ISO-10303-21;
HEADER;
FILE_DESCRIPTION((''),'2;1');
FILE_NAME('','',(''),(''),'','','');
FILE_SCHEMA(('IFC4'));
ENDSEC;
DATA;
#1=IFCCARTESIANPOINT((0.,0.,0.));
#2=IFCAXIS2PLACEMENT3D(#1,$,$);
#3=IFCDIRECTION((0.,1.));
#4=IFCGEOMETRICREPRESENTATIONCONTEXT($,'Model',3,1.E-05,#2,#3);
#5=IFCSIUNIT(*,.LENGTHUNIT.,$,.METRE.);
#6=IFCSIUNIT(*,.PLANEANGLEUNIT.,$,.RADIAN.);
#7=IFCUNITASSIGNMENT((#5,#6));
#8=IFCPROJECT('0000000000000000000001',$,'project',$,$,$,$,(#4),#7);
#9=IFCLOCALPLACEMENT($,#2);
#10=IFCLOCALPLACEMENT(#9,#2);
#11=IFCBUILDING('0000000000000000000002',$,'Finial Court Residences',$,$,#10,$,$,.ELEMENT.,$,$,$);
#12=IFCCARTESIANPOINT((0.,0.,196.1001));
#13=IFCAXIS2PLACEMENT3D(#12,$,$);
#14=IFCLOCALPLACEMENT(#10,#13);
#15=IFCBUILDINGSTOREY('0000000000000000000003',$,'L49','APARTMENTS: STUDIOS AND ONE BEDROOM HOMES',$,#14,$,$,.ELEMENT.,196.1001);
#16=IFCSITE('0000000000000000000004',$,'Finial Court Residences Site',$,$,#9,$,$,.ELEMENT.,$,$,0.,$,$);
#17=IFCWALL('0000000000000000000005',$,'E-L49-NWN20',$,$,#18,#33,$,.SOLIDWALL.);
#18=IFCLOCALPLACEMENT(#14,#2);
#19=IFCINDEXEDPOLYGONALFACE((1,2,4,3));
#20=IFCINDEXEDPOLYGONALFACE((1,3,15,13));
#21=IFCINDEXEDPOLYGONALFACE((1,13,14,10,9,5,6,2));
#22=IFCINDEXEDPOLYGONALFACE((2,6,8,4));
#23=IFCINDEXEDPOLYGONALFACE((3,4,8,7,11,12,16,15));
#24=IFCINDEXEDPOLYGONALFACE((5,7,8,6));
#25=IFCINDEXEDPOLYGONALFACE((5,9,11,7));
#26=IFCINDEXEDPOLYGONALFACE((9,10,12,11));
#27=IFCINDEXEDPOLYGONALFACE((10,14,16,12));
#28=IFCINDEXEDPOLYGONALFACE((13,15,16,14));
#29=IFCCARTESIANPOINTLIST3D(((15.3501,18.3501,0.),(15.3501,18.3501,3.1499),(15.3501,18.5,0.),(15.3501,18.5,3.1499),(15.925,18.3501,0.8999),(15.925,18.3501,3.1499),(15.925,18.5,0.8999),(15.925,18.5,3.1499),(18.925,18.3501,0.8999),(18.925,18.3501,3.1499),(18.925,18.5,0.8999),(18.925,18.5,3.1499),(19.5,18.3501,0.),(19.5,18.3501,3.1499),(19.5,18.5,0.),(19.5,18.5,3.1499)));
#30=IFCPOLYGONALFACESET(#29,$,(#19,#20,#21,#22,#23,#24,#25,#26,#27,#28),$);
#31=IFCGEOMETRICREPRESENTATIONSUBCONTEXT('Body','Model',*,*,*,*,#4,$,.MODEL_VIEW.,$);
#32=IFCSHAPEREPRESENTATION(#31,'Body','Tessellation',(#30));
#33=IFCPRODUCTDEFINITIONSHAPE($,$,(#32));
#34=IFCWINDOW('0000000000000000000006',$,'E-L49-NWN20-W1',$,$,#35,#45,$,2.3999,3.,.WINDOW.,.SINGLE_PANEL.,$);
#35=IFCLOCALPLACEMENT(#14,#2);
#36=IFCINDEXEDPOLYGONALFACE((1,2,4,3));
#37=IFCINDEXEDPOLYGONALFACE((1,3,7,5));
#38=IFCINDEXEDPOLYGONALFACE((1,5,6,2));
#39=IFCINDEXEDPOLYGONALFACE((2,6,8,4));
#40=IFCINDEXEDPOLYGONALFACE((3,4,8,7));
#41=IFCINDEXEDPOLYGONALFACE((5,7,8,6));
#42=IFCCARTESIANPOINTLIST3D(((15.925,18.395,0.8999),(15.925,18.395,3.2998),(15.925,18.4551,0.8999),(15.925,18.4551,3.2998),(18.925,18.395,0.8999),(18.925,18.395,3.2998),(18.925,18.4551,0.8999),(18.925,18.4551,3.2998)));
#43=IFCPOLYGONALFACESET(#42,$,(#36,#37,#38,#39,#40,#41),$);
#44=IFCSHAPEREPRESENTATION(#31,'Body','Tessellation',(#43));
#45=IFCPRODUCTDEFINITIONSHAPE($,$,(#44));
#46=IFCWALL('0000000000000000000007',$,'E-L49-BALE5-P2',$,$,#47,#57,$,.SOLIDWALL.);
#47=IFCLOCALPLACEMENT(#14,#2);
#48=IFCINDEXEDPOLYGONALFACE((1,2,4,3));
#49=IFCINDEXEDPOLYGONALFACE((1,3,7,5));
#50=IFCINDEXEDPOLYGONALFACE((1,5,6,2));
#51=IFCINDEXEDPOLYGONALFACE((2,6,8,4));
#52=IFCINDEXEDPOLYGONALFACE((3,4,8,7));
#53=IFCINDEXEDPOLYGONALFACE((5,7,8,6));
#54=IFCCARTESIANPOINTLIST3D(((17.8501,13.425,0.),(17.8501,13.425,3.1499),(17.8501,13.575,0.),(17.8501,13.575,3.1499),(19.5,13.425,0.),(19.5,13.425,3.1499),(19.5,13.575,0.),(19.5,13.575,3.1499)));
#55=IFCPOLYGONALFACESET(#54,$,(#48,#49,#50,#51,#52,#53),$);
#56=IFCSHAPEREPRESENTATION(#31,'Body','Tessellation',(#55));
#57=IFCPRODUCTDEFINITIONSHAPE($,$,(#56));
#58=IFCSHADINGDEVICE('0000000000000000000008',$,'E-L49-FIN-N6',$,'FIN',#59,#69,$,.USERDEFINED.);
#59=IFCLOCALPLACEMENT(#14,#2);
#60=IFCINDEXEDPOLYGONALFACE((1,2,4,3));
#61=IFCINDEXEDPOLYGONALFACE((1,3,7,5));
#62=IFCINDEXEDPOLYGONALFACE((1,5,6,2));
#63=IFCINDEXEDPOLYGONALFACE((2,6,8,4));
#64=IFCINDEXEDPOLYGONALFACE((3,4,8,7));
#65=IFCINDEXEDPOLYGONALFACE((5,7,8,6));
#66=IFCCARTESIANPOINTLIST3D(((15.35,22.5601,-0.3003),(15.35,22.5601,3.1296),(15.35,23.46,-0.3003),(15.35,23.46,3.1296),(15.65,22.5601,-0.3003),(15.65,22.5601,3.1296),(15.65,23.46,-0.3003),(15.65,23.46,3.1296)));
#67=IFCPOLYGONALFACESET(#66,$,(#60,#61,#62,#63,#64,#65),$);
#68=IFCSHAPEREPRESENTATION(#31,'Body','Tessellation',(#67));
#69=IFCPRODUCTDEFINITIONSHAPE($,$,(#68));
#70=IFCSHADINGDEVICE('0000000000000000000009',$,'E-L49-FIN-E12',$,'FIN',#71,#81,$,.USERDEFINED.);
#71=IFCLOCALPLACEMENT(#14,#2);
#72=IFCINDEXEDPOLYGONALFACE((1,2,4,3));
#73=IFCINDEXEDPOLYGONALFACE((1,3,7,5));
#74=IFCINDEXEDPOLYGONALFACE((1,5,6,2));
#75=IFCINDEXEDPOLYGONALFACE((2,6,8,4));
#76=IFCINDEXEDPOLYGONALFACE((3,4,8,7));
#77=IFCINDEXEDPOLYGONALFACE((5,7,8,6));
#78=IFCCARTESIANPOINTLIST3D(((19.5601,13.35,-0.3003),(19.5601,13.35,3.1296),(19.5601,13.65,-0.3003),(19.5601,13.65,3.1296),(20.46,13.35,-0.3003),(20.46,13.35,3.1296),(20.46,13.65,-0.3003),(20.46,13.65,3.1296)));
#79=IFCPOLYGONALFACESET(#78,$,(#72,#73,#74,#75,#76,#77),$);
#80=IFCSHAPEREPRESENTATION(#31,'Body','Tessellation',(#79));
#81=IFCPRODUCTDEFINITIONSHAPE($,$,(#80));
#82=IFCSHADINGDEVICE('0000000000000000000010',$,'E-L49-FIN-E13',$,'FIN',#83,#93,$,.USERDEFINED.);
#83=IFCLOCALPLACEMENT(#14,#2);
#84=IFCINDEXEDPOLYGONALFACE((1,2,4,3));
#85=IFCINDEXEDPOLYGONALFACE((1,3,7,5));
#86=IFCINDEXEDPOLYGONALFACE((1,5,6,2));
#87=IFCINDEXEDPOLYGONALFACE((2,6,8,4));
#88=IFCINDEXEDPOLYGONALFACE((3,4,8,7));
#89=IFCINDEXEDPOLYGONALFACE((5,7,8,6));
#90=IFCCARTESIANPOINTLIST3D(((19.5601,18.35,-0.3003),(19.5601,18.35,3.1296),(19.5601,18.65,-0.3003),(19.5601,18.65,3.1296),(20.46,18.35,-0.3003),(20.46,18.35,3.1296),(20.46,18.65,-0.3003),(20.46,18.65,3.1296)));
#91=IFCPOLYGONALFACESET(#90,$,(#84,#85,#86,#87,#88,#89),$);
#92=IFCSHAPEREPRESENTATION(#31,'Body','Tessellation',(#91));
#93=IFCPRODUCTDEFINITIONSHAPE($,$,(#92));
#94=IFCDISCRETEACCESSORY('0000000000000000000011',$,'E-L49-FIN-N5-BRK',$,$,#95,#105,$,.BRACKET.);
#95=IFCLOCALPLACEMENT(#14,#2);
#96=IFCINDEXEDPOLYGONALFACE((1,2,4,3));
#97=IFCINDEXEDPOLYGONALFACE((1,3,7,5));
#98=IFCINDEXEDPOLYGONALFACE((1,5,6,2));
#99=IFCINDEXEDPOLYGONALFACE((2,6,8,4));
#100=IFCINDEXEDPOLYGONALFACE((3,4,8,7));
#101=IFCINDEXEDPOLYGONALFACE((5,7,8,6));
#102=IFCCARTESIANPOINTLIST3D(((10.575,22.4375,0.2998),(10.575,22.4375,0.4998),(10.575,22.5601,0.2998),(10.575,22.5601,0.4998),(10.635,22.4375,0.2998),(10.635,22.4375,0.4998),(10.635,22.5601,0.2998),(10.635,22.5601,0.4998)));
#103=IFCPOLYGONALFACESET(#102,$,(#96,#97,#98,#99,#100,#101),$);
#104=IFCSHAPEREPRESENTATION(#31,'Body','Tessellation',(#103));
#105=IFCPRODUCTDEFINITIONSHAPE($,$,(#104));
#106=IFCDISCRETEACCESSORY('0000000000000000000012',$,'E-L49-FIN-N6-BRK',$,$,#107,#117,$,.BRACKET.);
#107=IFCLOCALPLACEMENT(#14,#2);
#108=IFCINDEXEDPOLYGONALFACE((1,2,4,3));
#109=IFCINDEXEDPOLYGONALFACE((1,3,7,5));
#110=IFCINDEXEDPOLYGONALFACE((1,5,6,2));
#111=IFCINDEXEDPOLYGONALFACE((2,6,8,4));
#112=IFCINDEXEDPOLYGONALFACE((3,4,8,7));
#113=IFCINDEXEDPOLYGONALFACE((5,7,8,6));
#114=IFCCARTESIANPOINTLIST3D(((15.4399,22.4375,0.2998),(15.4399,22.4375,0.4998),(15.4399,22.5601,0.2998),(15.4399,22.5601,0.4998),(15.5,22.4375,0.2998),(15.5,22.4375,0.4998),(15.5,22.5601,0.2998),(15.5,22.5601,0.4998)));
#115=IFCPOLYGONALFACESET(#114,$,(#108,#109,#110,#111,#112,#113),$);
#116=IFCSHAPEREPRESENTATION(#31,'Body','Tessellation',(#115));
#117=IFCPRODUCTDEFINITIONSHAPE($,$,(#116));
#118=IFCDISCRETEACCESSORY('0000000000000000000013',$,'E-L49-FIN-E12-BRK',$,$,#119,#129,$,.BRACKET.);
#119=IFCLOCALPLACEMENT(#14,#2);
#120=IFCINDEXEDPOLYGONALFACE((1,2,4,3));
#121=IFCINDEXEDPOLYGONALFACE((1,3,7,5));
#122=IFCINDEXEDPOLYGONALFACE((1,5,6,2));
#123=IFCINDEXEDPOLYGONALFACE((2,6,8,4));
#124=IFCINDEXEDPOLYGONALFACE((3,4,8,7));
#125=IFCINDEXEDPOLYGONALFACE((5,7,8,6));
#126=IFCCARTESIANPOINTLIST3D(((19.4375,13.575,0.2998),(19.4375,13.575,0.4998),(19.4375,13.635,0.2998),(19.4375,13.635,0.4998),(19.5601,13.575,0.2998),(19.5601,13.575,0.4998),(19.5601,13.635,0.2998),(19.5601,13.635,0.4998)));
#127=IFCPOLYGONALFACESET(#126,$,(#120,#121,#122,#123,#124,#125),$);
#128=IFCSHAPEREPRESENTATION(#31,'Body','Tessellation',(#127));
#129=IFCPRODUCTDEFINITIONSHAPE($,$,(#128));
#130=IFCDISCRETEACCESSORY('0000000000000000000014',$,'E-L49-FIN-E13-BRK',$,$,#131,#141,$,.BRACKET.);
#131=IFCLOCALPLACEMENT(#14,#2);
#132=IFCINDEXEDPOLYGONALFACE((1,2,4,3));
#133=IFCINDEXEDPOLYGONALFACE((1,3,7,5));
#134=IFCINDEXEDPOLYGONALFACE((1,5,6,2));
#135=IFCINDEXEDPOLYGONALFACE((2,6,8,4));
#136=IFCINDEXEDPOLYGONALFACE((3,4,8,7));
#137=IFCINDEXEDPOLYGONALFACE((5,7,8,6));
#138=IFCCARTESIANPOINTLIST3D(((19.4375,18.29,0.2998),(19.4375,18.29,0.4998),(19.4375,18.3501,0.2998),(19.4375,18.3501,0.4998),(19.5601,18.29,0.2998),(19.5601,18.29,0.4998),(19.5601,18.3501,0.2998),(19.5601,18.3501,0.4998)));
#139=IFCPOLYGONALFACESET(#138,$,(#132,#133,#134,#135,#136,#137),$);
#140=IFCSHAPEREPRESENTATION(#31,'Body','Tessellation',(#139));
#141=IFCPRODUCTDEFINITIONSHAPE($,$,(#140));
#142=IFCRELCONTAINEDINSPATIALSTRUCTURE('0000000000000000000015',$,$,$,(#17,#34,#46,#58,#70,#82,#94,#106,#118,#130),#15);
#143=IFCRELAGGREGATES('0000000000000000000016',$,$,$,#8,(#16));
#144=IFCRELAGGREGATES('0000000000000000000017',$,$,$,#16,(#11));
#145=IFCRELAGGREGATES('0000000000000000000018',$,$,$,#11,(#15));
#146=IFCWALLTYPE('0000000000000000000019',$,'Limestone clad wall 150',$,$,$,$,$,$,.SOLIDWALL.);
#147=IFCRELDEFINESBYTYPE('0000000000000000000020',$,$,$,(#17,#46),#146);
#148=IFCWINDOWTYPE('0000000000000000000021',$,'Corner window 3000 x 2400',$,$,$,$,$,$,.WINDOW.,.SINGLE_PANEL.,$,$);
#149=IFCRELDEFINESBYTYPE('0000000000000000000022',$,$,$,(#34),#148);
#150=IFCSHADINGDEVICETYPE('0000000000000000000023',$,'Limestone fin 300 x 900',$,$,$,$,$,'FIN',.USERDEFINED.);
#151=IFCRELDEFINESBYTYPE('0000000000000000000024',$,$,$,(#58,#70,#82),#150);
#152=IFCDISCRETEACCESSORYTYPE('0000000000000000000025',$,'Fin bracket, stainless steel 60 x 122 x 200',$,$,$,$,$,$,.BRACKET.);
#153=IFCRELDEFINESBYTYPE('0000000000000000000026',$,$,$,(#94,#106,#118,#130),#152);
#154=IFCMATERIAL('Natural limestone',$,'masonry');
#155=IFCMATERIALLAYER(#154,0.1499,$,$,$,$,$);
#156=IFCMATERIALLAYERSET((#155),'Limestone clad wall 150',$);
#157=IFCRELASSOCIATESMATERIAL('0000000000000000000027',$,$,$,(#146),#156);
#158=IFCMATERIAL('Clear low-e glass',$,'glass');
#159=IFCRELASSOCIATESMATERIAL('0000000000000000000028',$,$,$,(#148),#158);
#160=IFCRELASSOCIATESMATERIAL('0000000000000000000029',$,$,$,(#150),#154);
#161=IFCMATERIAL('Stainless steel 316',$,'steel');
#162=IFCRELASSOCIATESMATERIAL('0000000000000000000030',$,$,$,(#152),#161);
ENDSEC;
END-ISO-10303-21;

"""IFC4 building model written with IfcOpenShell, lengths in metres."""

from ifc_helpers import new_model, si_unit, direction, frame, frame_2d, origin, origin_2d, place, context, subcontext, project, spatial, rectangle, extrude, material, layer, layer_set, type_object, element, fill, save


model = new_model("IFC4")

# Units and contexts
model_context = context("Model", 3, precision=1e-05, world=origin(), true_north=direction((0.0, 1.0)))
body_context = subcontext(model_context, "Body", "Model", "MODEL_VIEW")
ifc_project = project(units=[si_unit("LENGTHUNIT", "METRE"), si_unit("PLANEANGLEUNIT", "RADIAN")], contexts=[model_context])

# Site, building, storey
site_placement = place(None, origin())
site = spatial("IfcSite", under=ifc_project, at=site_placement, Name="Finial Court Residences Site", CompositionType="ELEMENT", RefElevation=0.0)
building_placement = place(site_placement, origin())
building = spatial("IfcBuilding", under=site, at=building_placement, Name="Finial Court Residences", CompositionType="ELEMENT")
storey_placement = place(building_placement, frame((0.0, 0.0, 196.1001)))
storey = spatial("IfcBuildingStorey", under=building, at=storey_placement, Name="L49", Description="APARTMENTS: STUDIOS AND ONE BEDROOM HOMES", CompositionType="ELEMENT", Elevation=196.1001)

# Shared definitions
ifc_material_1 = material(Name="Clear low-e glass", Category="glass")

# Wall, opening, window
ifc_material_2 = material(Name="Natural limestone", Category="masonry")
ifc_layer_1 = layer(ifc_material_2, 0.1499)
ifc_layer_set_1 = layer_set([ifc_layer_1], Name="Limestone clad wall 150")
wall_type = type_object("IfcWallType", Name="Limestone clad wall 150", PredefinedType="SOLIDWALL", material=ifc_layer_set_1)
wall_1_placement = place(storey_placement, frame((15.3501, 18.425, 0.0), z_axis=(0.0, 0.0, 1.0), x_axis=(1.0, 0.0, 0.0)))
wall_1 = element("IfcWall", 1, at=wall_1_placement, inside=storey, type_object=wall_type, Name="E-L49-NWN20", PredefinedType="SOLIDWALL", context=body_context, shape_type="SweptSolid", body=[
    extrude(rectangle(XDim=4.1499, YDim=0.1499, at=frame_2d((2.075, 0.0))), origin(), (0.0, 0.0, 1.0), 3.1499),
])
opening_1_placement = place(wall_1_placement, frame((0.575, 0.0, 0.8999)))
opening_1 = element("IfcOpeningElement", 2, at=opening_1_placement, cuts=wall_1, PredefinedType="OPENING", context=body_context, shape_type="SweptSolid", body=[
    extrude(rectangle(XDim=3.0, YDim=2.3999, at=frame_2d((1.5, 1.2))), frame((0.0, 0.085, 0.0), z_axis=(0.0, -1.0, 0.0), x_axis=(1.0, 0.0, 0.0)), (0.0, 0.0, 1.0), 0.1699),
])
window_type_1 = type_object("IfcWindowType", Name="Corner window 3000 x 2400", PartitioningType="SINGLE_PANEL", PredefinedType="WINDOW", material=ifc_material_1)
window_1_placement = place(opening_1_placement, origin())
window_1 = element("IfcWindow", 3, at=window_1_placement, inside=storey, type_object=window_type_1, Name="E-L49-NWN20-W1", OverallHeight=2.3999, OverallWidth=3.0, PartitioningType="SINGLE_PANEL", PredefinedType="WINDOW", context=body_context, shape_type="SweptSolid", body=[
    extrude(rectangle(XDim=3.0, YDim=2.3999, at=frame_2d((1.5, 1.2))), frame((0.0, 0.03, 0.0), z_axis=(0.0, -1.0, 0.0), x_axis=(1.0, 0.0, 0.0)), (0.0, 0.0, 1.0), 0.0601),
])
fill(opening_1, window_1)

# Wall
wall_2_placement = place(storey_placement, frame((17.8501, 13.5, 0.0), z_axis=(0.0, 0.0, 1.0), x_axis=(1.0, 0.0, 0.0)))
element("IfcWall", 4, at=wall_2_placement, inside=storey, type_object=wall_type, Name="E-L49-BALE5-P2", PredefinedType="SOLIDWALL", context=body_context, shape_type="SweptSolid", body=[
    extrude(rectangle(XDim=1.6499, YDim=0.1499, at=frame_2d((0.825, 0.0))), origin(), (0.0, 0.0, 1.0), 3.1499),
])

# Shading devices
shading_device_type = type_object("IfcShadingDeviceType", Name="Limestone fin 300 x 900", ElementType="FIN", PredefinedType="USERDEFINED", material=ifc_material_2)
shading_device_placement = place(storey_placement, frame((15.5, 23.01, -0.3003), z_axis=(0.0, 0.0, 1.0), x_axis=(1.0, 0.0, 0.0)))
element("IfcShadingDevice", 5, at=shading_device_placement, inside=storey, type_object=shading_device_type, Name="E-L49-FIN-N6", ObjectType="FIN", PredefinedType="USERDEFINED", context=body_context, shape_type="SweptSolid", body=[
    extrude(rectangle(XDim=0.3, YDim=0.8999, at=origin_2d()), origin(), (0.0, 0.0, 1.0), 3.4299),
])
for number, where, z_axis, x_axis, name in (
    (6, (20.01, 13.5, -0.3003), (0.0, 0.0, 1.0), (1.0, 0.0, 0.0), "E-L49-FIN-E12"),
    (7, (20.01, 18.5, -0.3003), (0.0, 0.0, 1.0), (1.0, 0.0, 0.0), "E-L49-FIN-E13"),
):
    element("IfcShadingDevice", number, at=place(storey_placement, frame(where, z_axis=z_axis, x_axis=x_axis)), inside=storey, type_object=shading_device_type, Name=name, ObjectType="FIN", PredefinedType="USERDEFINED", context=body_context, shape_type="SweptSolid", body=[
        extrude(rectangle(XDim=0.8999, YDim=0.3, at=origin_2d()), origin(), (0.0, 0.0, 1.0), 3.4299),
    ])

# Discrete accessories
ifc_material_3 = material(Name="Stainless steel 316", Category="steel")
discrete_accessory_type = type_object("IfcDiscreteAccessoryType", Name="Fin bracket, stainless steel 60 x 122 x 200", PredefinedType="BRACKET", material=ifc_material_3)
for number, where, z_axis, x_axis, name in (
    (8, (10.605, 22.4988, 0.2998), (0.0, 0.0, 1.0), (1.0, 0.0, 0.0), "E-L49-FIN-N5-BRK"),
    (9, (15.47, 22.4988, 0.2998), (0.0, 0.0, 1.0), (1.0, 0.0, 0.0), "E-L49-FIN-N6-BRK"),
):
    element("IfcDiscreteAccessory", number, at=place(storey_placement, frame(where, z_axis=z_axis, x_axis=x_axis)), inside=storey, type_object=discrete_accessory_type, Name=name, PredefinedType="BRACKET", context=body_context, shape_type="SweptSolid", body=[
        extrude(rectangle(XDim=0.0601, YDim=0.1226, at=origin_2d()), origin(), (0.0, 0.0, 1.0), 0.2),
    ])
for number, where, z_axis, x_axis, name in (
    (10, (19.4988, 13.605, 0.2998), (0.0, 0.0, 1.0), (1.0, 0.0, 0.0), "E-L49-FIN-E12-BRK"),
    (11, (19.4988, 18.3201, 0.2998), (0.0, 0.0, 1.0), (1.0, 0.0, 0.0), "E-L49-FIN-E13-BRK"),
):
    element("IfcDiscreteAccessory", number, at=place(storey_placement, frame(where, z_axis=z_axis, x_axis=x_axis)), inside=storey, type_object=discrete_accessory_type, Name=name, PredefinedType="BRACKET", context=body_context, shape_type="SweptSolid", body=[
        extrude(rectangle(XDim=0.1226, YDim=0.0601, at=origin_2d()), origin(), (0.0, 0.0, 1.0), 0.2),
    ])

save(model, "model.ifc")
